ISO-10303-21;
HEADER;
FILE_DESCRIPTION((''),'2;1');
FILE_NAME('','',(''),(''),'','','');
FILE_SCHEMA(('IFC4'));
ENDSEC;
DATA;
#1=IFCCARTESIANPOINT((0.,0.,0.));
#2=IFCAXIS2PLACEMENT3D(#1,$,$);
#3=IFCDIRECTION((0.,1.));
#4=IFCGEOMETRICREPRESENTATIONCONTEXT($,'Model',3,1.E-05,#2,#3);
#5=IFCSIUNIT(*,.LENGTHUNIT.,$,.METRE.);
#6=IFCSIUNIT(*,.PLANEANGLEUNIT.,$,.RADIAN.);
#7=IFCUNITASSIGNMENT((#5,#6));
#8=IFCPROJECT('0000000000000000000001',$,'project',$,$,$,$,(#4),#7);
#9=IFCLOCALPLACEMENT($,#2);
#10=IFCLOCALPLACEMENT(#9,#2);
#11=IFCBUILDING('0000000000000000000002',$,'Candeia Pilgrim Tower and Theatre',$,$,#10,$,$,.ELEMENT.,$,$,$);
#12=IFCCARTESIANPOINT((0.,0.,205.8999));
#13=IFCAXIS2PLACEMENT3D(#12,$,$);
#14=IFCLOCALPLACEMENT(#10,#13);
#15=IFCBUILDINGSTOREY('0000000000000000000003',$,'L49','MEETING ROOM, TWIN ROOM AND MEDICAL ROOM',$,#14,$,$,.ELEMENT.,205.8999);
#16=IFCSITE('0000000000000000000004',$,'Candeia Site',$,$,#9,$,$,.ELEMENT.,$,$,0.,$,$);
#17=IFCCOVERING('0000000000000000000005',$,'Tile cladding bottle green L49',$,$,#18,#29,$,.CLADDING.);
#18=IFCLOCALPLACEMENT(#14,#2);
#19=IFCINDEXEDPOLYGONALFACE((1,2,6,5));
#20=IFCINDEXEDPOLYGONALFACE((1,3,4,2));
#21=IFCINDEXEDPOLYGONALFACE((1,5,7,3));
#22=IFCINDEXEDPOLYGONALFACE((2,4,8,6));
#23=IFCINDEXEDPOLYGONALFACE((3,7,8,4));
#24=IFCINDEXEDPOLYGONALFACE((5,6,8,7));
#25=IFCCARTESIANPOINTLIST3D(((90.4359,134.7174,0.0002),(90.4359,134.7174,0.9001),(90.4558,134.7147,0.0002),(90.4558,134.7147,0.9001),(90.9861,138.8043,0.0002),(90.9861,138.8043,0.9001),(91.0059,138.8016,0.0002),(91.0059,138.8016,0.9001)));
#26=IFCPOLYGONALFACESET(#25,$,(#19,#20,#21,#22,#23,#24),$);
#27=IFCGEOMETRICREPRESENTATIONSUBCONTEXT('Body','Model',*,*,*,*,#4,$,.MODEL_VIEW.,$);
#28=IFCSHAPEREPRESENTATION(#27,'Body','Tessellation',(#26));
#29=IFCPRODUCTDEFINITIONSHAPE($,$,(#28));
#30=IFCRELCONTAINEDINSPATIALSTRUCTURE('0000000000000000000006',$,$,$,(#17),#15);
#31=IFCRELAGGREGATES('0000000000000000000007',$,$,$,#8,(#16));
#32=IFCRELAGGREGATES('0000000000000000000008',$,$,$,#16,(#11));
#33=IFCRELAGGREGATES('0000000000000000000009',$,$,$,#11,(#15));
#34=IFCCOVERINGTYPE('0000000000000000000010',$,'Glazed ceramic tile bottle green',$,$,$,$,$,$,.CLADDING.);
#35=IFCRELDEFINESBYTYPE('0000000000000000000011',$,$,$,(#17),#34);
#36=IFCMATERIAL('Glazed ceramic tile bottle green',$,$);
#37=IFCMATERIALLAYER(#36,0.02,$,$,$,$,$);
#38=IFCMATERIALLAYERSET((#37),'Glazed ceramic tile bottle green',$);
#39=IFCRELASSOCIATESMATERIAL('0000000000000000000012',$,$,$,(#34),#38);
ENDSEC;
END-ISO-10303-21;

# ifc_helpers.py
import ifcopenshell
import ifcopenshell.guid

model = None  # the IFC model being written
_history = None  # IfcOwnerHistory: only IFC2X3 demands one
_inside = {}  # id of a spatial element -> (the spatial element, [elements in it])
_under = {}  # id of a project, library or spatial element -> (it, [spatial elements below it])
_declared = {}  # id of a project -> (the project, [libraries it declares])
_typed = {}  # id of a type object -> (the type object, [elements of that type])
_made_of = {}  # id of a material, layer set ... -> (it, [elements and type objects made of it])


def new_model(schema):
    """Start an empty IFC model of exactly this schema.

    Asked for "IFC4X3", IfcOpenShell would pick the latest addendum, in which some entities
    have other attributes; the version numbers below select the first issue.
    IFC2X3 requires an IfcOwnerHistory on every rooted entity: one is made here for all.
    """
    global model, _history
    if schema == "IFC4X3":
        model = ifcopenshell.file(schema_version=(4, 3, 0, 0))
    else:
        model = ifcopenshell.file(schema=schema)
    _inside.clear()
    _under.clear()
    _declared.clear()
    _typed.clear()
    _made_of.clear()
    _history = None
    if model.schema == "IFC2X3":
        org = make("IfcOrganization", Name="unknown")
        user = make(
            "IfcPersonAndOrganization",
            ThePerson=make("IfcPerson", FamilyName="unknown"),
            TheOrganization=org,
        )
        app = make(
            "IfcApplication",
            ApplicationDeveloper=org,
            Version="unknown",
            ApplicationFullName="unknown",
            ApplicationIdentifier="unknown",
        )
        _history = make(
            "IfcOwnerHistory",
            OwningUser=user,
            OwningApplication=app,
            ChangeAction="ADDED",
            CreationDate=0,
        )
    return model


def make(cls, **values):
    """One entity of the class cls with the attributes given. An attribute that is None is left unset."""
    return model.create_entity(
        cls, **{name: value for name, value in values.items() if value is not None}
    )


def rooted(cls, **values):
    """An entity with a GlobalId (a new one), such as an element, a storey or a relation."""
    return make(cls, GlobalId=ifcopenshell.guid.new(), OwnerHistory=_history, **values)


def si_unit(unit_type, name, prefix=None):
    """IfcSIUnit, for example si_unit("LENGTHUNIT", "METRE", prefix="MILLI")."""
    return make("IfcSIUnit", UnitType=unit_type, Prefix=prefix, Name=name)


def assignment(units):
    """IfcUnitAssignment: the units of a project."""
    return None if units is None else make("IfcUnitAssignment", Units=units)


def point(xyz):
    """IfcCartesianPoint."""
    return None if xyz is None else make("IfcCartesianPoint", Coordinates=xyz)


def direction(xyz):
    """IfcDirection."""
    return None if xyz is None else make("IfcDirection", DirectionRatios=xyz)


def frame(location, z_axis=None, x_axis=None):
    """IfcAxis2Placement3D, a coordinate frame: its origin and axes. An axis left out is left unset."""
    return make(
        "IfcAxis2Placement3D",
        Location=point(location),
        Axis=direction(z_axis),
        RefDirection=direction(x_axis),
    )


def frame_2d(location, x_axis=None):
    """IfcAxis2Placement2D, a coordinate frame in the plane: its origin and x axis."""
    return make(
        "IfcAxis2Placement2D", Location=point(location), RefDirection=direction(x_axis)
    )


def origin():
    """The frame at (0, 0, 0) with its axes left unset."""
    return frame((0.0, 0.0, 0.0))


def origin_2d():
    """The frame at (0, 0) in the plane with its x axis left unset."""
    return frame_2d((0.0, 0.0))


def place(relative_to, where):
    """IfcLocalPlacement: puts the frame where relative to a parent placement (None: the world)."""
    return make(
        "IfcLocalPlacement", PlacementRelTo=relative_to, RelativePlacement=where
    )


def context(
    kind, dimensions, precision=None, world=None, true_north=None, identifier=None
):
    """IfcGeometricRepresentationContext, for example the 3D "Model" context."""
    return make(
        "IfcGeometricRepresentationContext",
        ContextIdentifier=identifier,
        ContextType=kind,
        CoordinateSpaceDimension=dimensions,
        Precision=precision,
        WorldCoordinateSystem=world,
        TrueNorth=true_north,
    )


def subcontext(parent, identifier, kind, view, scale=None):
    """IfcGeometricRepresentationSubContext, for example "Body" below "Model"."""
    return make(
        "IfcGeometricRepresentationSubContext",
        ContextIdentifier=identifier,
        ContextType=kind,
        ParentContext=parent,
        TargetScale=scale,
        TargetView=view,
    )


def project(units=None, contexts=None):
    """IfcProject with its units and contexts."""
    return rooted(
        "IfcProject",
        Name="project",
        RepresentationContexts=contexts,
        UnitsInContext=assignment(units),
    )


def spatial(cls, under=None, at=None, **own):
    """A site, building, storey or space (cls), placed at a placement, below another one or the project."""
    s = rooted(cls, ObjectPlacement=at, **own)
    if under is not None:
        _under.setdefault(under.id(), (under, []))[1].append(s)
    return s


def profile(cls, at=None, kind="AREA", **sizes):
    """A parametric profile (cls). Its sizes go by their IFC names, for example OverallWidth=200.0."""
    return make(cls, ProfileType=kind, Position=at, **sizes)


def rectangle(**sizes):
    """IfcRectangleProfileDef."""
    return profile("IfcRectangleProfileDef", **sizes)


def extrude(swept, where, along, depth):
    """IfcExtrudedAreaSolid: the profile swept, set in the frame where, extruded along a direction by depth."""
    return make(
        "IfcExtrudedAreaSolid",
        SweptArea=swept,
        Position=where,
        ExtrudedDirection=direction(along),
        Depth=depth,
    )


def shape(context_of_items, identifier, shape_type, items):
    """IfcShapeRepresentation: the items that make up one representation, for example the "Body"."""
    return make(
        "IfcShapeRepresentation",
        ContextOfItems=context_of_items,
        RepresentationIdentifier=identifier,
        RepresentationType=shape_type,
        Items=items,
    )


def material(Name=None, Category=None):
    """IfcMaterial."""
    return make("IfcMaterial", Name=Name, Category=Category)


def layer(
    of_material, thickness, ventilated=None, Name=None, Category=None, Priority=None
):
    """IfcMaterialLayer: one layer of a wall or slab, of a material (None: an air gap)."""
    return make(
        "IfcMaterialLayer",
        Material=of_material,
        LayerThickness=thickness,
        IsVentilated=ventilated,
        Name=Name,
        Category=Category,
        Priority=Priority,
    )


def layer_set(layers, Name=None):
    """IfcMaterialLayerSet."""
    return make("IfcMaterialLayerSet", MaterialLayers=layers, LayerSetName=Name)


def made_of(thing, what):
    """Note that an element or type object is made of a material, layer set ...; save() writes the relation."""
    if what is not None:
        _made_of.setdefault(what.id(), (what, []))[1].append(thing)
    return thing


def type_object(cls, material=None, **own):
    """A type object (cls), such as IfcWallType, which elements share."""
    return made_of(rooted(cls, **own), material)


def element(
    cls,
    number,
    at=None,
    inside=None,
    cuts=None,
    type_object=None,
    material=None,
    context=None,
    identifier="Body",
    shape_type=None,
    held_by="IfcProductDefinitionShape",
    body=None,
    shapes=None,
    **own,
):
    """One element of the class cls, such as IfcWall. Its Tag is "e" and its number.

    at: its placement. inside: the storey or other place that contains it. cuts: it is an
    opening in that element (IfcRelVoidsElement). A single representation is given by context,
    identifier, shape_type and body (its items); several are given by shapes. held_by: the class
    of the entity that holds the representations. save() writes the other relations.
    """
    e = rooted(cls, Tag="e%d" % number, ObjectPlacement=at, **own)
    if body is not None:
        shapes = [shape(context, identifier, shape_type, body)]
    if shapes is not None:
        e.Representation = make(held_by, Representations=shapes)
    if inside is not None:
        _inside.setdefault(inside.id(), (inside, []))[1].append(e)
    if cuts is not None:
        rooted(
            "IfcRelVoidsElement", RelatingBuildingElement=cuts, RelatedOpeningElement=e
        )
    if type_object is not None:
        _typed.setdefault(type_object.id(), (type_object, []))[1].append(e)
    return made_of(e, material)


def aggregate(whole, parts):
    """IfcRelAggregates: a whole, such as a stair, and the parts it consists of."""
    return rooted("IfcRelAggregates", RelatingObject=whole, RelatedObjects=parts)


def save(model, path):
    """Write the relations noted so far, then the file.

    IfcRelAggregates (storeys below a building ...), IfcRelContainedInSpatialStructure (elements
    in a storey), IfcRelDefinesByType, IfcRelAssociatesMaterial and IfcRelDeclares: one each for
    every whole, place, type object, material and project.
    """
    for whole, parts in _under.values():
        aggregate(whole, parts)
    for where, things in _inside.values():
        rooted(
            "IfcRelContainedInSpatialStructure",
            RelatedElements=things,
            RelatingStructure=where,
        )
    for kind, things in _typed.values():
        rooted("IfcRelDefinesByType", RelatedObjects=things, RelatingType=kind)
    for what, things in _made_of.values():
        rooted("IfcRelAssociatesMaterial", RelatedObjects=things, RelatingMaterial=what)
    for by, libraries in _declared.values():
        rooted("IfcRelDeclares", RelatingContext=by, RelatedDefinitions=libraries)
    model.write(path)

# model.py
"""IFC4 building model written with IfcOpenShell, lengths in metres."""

from ifc_helpers import new_model, si_unit, direction, frame, origin, origin_2d, place, context, subcontext, project, spatial, rectangle, extrude, material, layer, layer_set, type_object, element, save


model = new_model("IFC4")

# Units and contexts
model_context = context("Model", 3, precision=1e-05, world=origin(), true_north=direction((0.0, 1.0)))
body_context = subcontext(model_context, "Body", "Model", "MODEL_VIEW")
ifc_project = project(units=[si_unit("LENGTHUNIT", "METRE"), si_unit("PLANEANGLEUNIT", "RADIAN")], contexts=[model_context])

# Site, building, storey
site_placement = place(None, origin())
site = spatial("IfcSite", under=ifc_project, at=site_placement, Name="Candeia Site", CompositionType="ELEMENT", RefElevation=0.0)
building_placement = place(site_placement, origin())
building = spatial("IfcBuilding", under=site, at=building_placement, Name="Candeia Pilgrim Tower and Theatre", CompositionType="ELEMENT")
storey_placement = place(building_placement, frame((0.0, 0.0, 205.8999)))
storey = spatial("IfcBuildingStorey", under=building, at=storey_placement, Name="L49", Description="MEETING ROOM, TWIN ROOM AND MEDICAL ROOM", CompositionType="ELEMENT", Elevation=205.8999)

# Covering
ifc_material_1 = material(Name="Glazed ceramic tile bottle green")
ifc_layer_1 = layer(ifc_material_1, 0.02)
ifc_layer_set_1 = layer_set([ifc_layer_1], Name="Glazed ceramic tile bottle green")
covering_type = type_object("IfcCoveringType", Name="Glazed ceramic tile bottle green", PredefinedType="CLADDING", material=ifc_layer_set_1)
covering_1_placement = place(storey_placement, frame((90.7209, 136.7595, 0.0002), z_axis=(0.0, 0.0, 1.0), x_axis=(-0.133412, -0.991061, 0.0)))
element("IfcCovering", 1, at=covering_1_placement, inside=storey, type_object=covering_type, Name="Tile cladding bottle green L49", PredefinedType="CLADDING", context=body_context, shape_type="SweptSolid", body=[
    extrude(rectangle(XDim=4.1238, YDim=0.02, at=origin_2d()), origin(), (0.0, 0.0, 1.0), 0.8999),
])

save(model, "model.ifc")
